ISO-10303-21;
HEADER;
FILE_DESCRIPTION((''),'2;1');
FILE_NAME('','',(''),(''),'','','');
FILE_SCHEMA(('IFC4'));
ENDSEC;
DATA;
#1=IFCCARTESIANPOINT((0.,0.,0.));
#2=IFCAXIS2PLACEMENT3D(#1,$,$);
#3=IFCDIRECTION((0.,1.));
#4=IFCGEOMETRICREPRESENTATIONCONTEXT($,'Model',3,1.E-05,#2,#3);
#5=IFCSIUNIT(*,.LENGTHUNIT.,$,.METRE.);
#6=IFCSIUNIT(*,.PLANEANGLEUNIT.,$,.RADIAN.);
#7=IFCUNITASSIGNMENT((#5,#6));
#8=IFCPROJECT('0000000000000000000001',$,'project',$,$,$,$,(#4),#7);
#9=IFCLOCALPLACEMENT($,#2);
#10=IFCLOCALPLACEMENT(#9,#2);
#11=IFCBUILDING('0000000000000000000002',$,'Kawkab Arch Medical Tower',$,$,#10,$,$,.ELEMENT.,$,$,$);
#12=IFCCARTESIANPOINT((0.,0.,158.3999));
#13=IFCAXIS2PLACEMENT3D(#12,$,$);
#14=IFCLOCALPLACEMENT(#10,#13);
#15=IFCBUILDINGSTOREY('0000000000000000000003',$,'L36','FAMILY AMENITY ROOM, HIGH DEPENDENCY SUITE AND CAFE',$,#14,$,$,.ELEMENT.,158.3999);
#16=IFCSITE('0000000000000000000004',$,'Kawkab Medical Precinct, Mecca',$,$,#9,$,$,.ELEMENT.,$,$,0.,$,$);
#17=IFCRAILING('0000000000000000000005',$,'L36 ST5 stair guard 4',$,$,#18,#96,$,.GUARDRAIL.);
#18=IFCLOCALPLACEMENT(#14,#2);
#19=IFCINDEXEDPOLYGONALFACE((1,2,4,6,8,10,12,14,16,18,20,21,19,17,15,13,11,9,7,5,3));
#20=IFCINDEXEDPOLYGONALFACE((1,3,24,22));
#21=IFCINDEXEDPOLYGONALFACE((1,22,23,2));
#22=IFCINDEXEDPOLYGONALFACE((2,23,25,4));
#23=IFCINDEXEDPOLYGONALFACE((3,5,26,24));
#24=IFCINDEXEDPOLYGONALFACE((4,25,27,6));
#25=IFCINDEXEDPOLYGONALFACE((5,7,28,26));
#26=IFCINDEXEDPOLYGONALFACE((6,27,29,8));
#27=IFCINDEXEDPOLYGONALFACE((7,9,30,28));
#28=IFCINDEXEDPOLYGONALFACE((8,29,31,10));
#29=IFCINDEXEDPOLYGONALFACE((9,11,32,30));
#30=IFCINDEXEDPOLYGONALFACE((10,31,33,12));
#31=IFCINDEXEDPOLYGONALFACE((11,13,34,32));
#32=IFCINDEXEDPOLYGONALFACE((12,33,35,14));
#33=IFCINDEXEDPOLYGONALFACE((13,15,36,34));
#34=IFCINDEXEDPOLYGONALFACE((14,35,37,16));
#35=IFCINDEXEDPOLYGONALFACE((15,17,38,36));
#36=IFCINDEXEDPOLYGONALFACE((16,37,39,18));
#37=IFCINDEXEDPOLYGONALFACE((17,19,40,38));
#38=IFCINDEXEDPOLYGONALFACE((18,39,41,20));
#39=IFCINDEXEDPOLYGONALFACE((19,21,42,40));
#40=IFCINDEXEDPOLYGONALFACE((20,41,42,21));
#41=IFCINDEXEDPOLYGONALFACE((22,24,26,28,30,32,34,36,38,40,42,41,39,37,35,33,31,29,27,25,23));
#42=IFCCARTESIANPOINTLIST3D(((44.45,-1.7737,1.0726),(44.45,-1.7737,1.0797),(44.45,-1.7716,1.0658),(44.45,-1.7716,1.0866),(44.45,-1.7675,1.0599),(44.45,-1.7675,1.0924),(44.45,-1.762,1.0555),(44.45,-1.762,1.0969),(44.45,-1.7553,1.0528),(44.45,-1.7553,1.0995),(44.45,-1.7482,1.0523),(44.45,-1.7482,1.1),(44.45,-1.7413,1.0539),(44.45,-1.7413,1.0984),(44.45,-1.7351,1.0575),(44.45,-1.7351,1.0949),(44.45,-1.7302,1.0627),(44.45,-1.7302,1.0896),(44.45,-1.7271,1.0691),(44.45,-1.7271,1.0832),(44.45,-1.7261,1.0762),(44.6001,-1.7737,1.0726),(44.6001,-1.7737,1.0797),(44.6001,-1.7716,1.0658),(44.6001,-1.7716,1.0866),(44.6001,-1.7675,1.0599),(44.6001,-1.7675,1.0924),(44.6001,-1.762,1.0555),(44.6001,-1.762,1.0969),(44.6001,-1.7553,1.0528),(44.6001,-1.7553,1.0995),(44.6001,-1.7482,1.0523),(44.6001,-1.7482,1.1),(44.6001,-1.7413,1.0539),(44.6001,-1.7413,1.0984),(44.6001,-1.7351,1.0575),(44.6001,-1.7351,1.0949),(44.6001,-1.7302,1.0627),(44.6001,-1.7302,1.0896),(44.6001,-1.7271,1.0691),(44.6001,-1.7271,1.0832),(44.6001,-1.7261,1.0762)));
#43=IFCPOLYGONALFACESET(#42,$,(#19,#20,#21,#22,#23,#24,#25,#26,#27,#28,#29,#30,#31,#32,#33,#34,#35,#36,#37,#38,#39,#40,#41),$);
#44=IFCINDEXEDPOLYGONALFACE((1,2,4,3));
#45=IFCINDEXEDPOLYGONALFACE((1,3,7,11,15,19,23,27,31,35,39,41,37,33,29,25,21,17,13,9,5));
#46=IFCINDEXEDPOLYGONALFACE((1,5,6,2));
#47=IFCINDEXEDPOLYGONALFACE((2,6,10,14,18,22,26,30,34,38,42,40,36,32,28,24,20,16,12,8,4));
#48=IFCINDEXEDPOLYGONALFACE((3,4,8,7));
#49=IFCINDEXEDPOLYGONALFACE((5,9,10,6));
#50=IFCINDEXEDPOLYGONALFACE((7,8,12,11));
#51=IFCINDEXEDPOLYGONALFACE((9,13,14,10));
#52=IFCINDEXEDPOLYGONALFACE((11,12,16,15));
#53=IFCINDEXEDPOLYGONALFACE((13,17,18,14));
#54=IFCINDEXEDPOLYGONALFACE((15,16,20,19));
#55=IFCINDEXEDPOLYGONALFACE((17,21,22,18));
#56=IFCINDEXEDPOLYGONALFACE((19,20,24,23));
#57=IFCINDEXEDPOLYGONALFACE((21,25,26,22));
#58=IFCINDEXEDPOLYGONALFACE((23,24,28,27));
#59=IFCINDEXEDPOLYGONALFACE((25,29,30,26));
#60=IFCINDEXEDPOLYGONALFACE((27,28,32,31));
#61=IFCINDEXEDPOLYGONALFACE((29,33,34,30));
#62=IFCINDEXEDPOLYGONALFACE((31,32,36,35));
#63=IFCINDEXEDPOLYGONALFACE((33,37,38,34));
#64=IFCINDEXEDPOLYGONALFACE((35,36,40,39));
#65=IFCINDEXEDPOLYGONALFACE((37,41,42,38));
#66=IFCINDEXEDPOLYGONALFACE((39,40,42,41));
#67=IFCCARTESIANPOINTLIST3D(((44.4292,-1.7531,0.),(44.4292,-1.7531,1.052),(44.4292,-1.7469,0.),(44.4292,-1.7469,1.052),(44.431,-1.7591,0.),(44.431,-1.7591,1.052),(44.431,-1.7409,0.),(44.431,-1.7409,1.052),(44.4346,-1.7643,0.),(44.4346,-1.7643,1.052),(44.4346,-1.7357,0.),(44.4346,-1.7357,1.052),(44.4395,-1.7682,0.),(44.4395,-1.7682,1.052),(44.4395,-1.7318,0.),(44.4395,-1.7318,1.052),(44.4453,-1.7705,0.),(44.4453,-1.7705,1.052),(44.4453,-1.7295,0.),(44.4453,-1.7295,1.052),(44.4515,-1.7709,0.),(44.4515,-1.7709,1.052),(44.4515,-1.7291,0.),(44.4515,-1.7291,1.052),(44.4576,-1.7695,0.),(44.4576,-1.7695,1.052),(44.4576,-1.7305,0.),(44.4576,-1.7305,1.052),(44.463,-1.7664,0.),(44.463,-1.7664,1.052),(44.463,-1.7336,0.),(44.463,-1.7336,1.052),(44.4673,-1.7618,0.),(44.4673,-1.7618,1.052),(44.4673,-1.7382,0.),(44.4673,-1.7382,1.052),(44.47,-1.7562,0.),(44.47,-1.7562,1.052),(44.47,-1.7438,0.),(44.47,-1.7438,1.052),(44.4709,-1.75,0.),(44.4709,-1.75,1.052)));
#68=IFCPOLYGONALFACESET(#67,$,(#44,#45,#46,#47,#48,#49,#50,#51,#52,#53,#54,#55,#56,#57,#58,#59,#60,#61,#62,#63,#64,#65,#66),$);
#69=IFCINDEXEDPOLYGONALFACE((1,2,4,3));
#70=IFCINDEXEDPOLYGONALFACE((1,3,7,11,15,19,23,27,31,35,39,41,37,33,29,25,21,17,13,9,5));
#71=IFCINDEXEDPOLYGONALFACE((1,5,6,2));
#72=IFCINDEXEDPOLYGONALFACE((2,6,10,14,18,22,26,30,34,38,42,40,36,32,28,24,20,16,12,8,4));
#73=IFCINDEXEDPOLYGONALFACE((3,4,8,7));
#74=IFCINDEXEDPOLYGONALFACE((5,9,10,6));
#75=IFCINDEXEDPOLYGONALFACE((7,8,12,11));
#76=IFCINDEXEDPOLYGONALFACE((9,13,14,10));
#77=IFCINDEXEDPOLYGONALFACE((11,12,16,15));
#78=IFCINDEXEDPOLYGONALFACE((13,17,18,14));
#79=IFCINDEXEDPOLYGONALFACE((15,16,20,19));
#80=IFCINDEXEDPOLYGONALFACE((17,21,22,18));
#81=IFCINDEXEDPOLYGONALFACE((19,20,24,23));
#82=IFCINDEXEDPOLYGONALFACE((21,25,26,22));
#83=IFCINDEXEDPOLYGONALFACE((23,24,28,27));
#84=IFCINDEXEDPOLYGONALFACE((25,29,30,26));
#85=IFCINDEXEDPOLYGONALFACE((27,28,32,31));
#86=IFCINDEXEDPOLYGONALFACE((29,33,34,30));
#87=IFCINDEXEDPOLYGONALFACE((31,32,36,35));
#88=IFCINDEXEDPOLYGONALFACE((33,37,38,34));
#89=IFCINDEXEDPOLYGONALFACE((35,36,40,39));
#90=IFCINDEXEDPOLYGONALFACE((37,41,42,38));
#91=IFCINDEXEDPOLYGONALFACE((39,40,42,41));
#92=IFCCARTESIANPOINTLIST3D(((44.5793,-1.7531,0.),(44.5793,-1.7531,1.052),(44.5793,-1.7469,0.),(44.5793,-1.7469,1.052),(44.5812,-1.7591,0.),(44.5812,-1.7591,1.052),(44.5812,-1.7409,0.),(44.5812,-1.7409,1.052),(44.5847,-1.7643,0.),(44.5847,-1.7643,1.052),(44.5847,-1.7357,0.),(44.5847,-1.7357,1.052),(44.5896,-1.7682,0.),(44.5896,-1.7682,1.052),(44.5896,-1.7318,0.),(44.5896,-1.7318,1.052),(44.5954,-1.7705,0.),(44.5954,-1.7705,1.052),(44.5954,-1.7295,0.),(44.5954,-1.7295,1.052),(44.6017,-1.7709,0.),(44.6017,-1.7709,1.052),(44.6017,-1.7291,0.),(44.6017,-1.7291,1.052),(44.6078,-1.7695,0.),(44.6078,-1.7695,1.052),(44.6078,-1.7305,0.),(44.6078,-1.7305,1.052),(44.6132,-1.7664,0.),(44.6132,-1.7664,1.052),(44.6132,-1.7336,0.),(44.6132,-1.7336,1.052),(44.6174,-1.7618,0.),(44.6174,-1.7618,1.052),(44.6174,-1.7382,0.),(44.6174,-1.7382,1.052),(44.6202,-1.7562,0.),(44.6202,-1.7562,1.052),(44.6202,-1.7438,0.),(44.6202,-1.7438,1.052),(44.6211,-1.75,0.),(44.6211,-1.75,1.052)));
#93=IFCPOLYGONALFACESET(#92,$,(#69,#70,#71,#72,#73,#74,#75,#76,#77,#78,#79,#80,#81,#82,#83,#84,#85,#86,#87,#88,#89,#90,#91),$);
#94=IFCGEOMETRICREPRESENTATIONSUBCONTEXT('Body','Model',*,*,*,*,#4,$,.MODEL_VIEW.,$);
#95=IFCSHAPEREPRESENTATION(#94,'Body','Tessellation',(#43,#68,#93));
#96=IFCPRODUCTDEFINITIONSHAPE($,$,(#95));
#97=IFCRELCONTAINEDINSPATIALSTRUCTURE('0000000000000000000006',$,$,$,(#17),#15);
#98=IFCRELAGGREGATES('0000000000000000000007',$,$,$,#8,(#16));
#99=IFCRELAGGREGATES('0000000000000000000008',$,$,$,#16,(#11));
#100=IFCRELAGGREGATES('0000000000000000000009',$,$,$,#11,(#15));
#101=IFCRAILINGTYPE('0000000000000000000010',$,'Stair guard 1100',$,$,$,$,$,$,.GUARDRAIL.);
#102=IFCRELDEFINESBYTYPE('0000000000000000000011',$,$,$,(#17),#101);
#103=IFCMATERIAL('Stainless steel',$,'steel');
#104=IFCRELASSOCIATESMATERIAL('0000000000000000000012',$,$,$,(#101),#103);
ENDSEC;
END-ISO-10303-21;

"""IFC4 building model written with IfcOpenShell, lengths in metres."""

from ifc_helpers import new_model, si_unit, direction, frame, origin, origin_2d, place, context, subcontext, project, spatial, circle, extrude, material, type_object, element, save


model = new_model("IFC4")

# Units and contexts
model_context = context("Model", 3, precision=1e-05, world=origin(), true_north=direction((0.0, 1.0)))
body_context = subcontext(model_context, "Body", "Model", "MODEL_VIEW")
ifc_project = project(units=[si_unit("LENGTHUNIT", "METRE"), si_unit("PLANEANGLEUNIT", "RADIAN")], contexts=[model_context])

# Site, building, storey
site_placement = place(None, origin())
site = spatial("IfcSite", under=ifc_project, at=site_placement, Name="Kawkab Medical Precinct, Mecca", CompositionType="ELEMENT", RefElevation=0.0)
building_placement = place(site_placement, origin())
building = spatial("IfcBuilding", under=site, at=building_placement, Name="Kawkab Arch Medical Tower", CompositionType="ELEMENT")
storey_placement = place(building_placement, frame((0.0, 0.0, 158.3999)))
storey = spatial("IfcBuildingStorey", under=building, at=storey_placement, Name="L36", Description="FAMILY AMENITY ROOM, HIGH DEPENDENCY SUITE AND CAFE", CompositionType="ELEMENT", Elevation=158.3999)

# Railing
ifc_material_1 = material(Name="Stainless steel", Category="steel")
railing_type_1 = type_object("IfcRailingType", Name="Stair guard 1100", PredefinedType="GUARDRAIL", material=ifc_material_1)
railing_1_placement = place(storey_placement, frame((44.45, -1.75, 0.0)))
element("IfcRailing", 1, at=railing_1_placement, inside=storey, type_object=railing_type_1, Name="L36 ST5 stair guard 4", PredefinedType="GUARDRAIL", context=body_context, shape_type="SweptSolid", body=[
    extrude(circle(Radius=0.0239, at=origin_2d()), frame((0.0, 0.0, 1.0762), z_axis=(1.0, 0.0, 0.0), x_axis=(0.0, 1.0, 0.0)), (0.0, 0.0, 1.0), 0.1501),
    extrude(circle(Radius=0.021, at=origin_2d()), origin(), (0.0, 0.0, 1.0), 1.052),
    extrude(circle(Radius=0.021, at=origin_2d()), frame((0.1501, 0.0, 0.0)), (0.0, 0.0, 1.0), 1.052),
])

save(model, "model.ifc")
